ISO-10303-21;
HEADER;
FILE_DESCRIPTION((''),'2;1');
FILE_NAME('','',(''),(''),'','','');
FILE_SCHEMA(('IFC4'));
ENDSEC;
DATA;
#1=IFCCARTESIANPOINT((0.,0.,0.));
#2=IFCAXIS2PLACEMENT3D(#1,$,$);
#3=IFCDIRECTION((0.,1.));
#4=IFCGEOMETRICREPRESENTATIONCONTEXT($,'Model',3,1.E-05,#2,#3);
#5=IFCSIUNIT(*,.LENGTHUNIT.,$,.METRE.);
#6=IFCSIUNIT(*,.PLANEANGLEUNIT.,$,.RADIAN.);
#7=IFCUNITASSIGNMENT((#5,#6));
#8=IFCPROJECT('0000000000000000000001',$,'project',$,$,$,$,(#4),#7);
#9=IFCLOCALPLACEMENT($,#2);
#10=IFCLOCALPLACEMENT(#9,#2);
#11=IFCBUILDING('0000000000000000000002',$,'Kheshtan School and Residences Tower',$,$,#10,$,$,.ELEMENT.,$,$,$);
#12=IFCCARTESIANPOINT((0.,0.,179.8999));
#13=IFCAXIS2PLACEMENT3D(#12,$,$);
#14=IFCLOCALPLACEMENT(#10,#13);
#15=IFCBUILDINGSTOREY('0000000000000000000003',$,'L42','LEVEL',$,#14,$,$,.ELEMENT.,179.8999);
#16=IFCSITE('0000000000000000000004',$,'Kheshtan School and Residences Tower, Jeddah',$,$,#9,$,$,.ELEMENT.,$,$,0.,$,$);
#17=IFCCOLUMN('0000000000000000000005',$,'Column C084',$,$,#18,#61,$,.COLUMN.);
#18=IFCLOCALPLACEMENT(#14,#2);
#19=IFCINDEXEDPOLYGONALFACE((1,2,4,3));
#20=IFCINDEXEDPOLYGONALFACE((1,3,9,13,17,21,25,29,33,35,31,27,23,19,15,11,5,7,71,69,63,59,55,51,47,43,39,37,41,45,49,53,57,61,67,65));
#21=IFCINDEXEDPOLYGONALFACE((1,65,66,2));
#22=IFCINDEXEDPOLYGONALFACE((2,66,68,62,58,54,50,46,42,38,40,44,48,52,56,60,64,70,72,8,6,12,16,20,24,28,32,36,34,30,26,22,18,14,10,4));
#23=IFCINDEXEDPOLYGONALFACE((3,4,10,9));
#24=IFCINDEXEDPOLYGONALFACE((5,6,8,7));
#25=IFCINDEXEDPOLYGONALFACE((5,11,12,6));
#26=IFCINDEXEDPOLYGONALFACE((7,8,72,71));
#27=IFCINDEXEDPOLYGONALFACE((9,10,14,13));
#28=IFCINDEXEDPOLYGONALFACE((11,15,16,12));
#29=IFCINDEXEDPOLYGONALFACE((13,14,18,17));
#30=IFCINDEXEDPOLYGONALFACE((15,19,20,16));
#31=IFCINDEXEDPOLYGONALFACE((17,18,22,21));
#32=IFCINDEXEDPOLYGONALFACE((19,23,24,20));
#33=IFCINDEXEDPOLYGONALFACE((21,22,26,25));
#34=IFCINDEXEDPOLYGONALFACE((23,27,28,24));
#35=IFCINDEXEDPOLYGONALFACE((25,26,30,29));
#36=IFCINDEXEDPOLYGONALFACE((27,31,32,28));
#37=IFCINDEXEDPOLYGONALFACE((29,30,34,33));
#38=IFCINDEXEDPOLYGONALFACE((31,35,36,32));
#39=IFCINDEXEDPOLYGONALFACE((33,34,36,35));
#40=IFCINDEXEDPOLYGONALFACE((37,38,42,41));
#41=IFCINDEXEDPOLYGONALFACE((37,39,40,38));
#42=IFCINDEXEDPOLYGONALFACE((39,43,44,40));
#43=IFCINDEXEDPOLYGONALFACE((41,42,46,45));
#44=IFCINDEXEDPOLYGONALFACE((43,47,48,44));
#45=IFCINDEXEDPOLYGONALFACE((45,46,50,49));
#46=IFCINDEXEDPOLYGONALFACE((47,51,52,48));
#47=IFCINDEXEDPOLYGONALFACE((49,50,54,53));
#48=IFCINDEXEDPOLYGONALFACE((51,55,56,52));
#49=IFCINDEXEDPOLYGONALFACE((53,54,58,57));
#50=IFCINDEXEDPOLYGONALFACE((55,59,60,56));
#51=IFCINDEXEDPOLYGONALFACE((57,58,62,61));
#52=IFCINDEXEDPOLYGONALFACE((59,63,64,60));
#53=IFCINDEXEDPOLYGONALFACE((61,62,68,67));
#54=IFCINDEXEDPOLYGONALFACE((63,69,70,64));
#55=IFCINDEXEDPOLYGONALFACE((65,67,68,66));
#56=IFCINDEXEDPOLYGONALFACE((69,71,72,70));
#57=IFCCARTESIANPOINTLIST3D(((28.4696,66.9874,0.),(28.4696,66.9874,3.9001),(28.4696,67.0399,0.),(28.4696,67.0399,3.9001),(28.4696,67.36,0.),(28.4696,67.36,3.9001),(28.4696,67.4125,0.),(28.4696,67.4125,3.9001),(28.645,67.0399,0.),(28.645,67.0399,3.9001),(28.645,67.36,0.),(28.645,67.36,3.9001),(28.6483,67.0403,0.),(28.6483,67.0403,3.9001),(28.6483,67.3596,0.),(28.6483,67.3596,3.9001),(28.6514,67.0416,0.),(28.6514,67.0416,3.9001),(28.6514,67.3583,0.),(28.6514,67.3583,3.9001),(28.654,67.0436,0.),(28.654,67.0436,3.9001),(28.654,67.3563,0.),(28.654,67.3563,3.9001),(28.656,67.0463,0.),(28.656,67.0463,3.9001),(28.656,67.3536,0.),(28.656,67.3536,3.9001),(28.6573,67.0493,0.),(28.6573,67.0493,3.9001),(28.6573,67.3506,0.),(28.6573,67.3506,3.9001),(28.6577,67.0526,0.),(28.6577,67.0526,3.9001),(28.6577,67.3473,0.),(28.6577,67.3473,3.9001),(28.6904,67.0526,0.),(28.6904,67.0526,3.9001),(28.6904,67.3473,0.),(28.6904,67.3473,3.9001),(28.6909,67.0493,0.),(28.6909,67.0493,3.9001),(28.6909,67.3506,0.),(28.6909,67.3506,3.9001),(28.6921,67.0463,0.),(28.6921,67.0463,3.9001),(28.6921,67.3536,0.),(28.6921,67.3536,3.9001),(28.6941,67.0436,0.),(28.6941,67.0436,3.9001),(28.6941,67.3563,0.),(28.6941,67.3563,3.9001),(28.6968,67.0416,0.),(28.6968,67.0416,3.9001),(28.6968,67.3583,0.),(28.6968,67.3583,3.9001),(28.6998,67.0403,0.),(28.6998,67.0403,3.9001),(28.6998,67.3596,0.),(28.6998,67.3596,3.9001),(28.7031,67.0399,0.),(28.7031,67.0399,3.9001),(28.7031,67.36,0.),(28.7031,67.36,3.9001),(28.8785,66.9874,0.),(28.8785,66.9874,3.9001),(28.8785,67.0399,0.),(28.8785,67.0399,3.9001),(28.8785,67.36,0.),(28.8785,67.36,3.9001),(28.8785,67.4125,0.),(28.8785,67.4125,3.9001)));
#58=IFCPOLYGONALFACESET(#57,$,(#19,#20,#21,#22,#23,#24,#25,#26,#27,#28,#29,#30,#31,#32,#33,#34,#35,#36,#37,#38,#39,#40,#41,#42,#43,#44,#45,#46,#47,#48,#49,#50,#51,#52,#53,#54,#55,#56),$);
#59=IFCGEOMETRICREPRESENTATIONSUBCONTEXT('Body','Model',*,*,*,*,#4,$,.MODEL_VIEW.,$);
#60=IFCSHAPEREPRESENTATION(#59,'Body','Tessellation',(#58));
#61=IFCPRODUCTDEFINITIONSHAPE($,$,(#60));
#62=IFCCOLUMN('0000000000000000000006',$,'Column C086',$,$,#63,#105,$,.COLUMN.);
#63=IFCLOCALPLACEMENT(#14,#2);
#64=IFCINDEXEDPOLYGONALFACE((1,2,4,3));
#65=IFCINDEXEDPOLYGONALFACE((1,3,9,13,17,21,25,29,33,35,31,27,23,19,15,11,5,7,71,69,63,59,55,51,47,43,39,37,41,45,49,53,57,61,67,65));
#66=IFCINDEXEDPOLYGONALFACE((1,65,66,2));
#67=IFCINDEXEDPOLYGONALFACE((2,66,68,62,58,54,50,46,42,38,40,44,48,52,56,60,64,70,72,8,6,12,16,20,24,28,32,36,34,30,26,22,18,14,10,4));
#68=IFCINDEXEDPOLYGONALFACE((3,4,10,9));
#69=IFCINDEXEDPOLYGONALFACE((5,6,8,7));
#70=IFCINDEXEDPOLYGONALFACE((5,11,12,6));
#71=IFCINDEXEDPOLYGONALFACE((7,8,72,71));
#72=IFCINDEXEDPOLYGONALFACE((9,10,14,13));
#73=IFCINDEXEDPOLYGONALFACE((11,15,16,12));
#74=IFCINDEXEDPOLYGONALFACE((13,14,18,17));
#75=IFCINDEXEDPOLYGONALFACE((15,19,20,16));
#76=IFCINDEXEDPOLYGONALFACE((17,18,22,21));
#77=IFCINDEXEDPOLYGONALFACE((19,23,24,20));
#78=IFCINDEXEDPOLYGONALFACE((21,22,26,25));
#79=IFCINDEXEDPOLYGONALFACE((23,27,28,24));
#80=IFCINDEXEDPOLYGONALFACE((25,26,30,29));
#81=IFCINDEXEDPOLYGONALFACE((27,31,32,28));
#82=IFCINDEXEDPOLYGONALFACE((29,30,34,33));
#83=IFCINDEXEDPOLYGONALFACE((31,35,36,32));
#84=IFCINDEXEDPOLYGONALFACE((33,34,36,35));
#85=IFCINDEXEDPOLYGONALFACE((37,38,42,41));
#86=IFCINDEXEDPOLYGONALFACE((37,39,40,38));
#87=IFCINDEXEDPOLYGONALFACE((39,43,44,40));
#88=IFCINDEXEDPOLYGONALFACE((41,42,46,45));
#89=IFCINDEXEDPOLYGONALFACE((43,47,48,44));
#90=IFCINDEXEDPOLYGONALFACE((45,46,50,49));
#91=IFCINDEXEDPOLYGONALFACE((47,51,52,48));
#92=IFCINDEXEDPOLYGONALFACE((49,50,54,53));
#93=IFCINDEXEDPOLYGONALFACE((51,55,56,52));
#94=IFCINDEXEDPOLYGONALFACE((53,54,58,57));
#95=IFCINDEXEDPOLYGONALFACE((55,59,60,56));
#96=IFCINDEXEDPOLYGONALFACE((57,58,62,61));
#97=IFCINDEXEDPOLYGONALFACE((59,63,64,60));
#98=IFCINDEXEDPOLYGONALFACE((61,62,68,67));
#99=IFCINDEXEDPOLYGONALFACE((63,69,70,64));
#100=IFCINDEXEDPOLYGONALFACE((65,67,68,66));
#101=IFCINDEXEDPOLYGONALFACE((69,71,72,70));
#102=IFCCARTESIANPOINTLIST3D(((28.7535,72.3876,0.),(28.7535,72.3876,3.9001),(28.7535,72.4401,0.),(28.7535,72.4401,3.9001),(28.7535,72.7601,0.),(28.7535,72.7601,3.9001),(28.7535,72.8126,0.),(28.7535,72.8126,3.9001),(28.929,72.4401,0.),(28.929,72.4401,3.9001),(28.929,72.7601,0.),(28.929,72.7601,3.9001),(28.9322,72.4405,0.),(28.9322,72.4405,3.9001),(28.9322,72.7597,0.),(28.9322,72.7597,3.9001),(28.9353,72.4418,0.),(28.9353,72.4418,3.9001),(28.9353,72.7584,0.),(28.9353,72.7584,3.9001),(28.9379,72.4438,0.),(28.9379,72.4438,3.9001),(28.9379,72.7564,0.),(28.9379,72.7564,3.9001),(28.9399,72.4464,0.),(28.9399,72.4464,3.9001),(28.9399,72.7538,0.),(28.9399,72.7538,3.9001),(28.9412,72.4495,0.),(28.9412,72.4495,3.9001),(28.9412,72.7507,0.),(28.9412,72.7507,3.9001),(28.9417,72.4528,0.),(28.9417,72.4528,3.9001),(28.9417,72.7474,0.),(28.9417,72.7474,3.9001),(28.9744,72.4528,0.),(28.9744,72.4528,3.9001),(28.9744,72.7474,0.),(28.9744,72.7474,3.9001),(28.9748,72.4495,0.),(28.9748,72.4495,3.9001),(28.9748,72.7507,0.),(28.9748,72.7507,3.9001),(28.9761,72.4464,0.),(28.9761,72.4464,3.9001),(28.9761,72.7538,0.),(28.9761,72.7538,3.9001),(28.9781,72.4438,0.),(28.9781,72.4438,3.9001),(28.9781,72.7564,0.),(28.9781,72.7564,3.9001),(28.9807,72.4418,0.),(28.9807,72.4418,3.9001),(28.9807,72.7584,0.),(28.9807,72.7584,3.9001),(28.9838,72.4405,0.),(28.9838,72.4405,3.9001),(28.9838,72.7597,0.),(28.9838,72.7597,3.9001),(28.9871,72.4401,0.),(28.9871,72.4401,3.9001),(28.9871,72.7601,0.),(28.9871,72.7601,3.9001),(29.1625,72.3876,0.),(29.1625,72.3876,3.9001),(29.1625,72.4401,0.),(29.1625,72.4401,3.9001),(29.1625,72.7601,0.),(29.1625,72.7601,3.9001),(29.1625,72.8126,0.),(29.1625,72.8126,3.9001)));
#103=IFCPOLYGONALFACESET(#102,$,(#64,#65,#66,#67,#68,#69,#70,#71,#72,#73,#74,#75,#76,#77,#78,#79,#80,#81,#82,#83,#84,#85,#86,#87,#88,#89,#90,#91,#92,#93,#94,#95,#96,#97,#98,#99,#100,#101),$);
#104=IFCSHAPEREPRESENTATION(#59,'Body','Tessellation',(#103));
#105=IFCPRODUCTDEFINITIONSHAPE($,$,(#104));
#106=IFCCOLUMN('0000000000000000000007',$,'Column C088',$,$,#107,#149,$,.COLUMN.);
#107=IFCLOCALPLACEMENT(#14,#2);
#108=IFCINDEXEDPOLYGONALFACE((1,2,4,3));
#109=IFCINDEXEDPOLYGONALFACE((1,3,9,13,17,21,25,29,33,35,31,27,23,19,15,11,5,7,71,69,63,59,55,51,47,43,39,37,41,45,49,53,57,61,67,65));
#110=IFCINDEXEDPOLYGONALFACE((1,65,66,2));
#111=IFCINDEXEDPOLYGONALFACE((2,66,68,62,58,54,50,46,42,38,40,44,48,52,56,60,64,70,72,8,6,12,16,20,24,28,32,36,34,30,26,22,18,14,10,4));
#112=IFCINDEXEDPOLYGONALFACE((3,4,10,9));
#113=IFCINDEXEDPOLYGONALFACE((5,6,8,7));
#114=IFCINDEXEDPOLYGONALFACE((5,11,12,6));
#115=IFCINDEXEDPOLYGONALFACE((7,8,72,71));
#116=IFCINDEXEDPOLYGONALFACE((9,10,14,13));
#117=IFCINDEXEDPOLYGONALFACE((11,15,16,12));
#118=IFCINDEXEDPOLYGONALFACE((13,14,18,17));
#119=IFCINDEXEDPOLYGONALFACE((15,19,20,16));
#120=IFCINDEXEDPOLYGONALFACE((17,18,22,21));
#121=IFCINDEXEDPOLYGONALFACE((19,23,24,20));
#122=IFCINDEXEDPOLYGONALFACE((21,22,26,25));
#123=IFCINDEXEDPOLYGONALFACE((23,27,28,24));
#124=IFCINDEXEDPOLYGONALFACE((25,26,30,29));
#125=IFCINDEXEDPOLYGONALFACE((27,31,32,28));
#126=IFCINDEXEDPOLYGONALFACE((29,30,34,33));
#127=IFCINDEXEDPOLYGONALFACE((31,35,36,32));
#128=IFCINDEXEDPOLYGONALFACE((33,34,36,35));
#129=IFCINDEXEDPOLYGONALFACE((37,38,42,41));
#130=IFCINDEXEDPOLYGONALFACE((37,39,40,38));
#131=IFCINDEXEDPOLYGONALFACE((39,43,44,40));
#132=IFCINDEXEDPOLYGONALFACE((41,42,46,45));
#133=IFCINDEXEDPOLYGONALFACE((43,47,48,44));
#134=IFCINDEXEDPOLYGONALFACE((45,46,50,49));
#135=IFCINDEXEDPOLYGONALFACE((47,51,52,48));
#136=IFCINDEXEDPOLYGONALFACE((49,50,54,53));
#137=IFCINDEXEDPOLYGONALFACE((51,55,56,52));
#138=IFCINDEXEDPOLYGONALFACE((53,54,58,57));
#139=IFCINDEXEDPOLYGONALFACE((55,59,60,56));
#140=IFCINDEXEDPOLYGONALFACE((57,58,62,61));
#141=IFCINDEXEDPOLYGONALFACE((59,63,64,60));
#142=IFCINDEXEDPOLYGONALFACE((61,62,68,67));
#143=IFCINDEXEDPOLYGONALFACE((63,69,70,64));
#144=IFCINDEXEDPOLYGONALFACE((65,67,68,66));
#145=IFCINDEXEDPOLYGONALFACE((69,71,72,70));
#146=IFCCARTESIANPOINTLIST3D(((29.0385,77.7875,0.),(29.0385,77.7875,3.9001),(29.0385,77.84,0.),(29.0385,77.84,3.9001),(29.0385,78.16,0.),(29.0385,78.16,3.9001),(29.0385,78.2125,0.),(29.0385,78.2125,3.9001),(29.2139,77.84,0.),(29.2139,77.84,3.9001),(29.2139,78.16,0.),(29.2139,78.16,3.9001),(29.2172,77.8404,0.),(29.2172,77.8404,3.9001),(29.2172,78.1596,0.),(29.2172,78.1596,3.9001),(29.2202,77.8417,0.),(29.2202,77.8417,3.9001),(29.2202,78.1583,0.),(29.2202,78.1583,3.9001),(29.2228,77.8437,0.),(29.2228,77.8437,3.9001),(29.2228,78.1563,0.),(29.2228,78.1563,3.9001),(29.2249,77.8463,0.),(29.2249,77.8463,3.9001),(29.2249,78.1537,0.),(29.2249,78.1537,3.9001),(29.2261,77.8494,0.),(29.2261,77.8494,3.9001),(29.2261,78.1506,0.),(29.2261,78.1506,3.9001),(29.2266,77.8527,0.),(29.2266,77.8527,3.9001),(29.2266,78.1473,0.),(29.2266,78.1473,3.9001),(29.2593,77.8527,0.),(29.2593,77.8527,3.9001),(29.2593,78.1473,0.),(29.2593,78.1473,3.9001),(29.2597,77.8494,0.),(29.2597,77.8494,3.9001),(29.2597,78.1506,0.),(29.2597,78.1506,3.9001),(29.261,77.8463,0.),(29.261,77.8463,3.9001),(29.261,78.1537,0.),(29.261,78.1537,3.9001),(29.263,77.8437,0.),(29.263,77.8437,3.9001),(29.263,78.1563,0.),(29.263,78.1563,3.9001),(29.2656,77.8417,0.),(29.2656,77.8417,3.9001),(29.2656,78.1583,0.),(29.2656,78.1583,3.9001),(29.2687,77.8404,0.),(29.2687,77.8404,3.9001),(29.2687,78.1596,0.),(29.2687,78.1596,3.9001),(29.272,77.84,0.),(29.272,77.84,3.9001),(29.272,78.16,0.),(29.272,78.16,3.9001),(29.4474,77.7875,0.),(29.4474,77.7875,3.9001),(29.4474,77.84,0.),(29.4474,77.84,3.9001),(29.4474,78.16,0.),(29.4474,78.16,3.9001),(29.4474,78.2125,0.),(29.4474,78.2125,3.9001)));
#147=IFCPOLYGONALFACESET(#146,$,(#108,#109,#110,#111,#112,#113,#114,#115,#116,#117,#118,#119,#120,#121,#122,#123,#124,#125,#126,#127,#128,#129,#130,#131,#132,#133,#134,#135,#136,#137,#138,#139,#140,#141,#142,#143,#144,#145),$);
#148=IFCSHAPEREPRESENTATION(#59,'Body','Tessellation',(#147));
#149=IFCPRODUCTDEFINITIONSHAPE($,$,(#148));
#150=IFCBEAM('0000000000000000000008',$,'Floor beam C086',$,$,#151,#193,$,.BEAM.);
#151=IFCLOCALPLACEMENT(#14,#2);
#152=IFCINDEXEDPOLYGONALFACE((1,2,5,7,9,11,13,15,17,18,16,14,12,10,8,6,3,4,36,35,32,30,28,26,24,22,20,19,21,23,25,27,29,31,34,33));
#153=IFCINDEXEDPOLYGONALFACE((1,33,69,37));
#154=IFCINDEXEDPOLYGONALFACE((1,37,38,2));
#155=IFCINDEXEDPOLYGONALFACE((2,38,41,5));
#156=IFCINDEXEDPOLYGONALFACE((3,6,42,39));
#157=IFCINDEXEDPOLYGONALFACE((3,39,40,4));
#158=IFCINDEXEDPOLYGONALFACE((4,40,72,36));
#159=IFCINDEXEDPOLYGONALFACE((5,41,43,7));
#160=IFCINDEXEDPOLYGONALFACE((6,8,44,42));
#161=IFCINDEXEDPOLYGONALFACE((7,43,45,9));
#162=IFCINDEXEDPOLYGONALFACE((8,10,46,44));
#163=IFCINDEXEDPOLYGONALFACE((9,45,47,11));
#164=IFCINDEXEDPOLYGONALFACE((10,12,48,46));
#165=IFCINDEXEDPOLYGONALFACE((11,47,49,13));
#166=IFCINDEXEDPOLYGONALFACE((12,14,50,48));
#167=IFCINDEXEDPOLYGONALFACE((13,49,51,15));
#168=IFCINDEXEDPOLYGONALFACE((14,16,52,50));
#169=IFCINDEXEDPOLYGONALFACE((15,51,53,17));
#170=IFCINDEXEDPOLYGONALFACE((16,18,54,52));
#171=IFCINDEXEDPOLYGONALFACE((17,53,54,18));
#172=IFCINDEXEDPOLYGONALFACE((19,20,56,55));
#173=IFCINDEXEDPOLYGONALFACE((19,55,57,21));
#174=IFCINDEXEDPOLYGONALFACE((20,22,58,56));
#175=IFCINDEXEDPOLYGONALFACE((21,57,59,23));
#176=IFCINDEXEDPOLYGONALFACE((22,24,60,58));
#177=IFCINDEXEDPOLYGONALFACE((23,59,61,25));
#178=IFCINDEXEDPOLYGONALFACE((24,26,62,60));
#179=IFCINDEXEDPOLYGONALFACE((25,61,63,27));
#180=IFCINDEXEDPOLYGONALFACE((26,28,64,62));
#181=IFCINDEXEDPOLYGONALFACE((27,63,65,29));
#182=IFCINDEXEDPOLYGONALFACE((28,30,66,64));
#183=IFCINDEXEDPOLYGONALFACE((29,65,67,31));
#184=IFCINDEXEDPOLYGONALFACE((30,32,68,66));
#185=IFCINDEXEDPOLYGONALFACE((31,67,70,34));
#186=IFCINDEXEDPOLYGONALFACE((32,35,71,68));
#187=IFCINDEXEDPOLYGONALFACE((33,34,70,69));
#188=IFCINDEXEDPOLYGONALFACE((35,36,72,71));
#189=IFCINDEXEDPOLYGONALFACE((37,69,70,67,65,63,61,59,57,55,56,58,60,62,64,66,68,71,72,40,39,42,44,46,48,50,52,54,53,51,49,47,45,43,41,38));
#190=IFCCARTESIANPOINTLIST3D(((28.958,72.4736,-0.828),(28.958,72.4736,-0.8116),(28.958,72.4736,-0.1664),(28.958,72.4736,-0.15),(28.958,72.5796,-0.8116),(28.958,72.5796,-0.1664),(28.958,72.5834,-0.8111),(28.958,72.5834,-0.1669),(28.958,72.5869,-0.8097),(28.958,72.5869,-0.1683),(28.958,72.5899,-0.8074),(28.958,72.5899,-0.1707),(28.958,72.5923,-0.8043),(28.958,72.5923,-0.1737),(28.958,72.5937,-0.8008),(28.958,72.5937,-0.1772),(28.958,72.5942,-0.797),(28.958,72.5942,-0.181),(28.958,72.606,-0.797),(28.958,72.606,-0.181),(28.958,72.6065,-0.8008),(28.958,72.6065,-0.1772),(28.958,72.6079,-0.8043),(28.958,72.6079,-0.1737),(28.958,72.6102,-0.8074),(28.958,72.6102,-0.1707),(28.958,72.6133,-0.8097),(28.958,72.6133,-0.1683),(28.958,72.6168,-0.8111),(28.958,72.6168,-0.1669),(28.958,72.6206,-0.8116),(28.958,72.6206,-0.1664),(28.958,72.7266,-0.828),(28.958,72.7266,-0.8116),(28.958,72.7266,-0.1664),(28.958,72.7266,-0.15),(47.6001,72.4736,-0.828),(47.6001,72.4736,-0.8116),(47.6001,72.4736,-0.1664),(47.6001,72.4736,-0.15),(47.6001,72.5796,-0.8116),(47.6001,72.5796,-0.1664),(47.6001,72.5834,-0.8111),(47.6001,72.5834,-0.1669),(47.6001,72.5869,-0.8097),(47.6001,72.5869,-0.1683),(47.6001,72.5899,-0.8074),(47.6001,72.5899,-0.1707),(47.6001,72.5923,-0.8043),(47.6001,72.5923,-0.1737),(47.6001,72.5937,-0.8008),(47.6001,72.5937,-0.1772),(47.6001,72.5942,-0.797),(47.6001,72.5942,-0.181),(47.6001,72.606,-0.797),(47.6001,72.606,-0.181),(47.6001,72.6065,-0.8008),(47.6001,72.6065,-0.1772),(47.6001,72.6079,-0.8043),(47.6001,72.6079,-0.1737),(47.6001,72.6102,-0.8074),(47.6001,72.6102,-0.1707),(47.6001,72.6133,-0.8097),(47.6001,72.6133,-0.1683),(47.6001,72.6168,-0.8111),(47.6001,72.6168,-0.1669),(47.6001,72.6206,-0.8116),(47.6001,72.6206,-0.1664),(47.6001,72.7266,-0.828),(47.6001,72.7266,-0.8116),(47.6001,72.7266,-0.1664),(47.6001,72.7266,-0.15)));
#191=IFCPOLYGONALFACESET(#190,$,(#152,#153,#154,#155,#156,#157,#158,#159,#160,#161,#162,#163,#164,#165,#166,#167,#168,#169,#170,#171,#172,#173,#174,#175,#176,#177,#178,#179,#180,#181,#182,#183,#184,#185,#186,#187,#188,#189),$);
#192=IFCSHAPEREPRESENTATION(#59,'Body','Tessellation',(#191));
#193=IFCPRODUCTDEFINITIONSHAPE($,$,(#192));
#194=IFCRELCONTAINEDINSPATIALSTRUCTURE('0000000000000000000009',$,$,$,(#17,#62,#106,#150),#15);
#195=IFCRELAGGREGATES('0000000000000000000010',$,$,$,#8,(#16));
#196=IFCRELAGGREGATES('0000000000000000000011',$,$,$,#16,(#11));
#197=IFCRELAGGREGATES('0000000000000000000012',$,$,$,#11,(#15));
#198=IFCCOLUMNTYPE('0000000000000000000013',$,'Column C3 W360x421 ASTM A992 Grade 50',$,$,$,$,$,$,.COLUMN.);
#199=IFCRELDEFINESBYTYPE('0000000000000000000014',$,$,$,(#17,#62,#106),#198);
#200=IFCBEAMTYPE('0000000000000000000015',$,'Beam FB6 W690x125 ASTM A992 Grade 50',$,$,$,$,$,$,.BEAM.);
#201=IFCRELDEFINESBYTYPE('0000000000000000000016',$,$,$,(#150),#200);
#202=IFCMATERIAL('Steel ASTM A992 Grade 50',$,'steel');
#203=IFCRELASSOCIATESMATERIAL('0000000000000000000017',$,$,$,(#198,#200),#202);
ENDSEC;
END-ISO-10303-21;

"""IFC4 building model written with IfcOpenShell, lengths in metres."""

from ifc_helpers import new_model, si_unit, direction, frame, origin, origin_2d, place, context, subcontext, project, spatial, i_section, extrude, material, material_profile, profile_set, type_object, element, save


model = new_model("IFC4")

# Units and contexts
model_context = context("Model", 3, precision=1e-05, world=origin(), true_north=direction((0.0, 1.0)))
body_context = subcontext(model_context, "Body", "Model", "MODEL_VIEW")
ifc_project = project(units=[si_unit("LENGTHUNIT", "METRE"), si_unit("PLANEANGLEUNIT", "RADIAN")], contexts=[model_context])

# Site, building, storey
site_placement = place(None, origin())
site = spatial("IfcSite", under=ifc_project, at=site_placement, Name="Kheshtan School and Residences Tower, Jeddah", CompositionType="ELEMENT", RefElevation=0.0)
building_placement = place(site_placement, origin())
building = spatial("IfcBuilding", under=site, at=building_placement, Name="Kheshtan School and Residences Tower", CompositionType="ELEMENT")
storey_placement = place(building_placement, frame((0.0, 0.0, 179.8999)))
storey = spatial("IfcBuildingStorey", under=building, at=storey_placement, Name="L42", Description="LEVEL", CompositionType="ELEMENT", Elevation=179.8999)

# Columns
ifc_material_1 = material(Name="Steel ASTM A992 Grade 50", Category="steel")
ifc_material_profile_1 = material_profile(ifc_material_1, i_section(OverallWidth=0.4089, OverallDepth=0.425, WebThickness=0.0327, FlangeThickness=0.0525, FilletRadius=0.0127, at=origin_2d()), Name="W360x421")
ifc_profile_set_1 = profile_set([ifc_material_profile_1], Name="Steel ASTM A992 Grade 50")
column_type = type_object("IfcColumnType", Name="Column C3 W360x421 ASTM A992 Grade 50", PredefinedType="COLUMN", material=ifc_profile_set_1)
for number, where, z_axis, x_axis, name in (
    (1, (28.6741, 67.2, 0.0), (0.0, 0.0, 1.0), (1.0, 0.0, 0.0), "Column C084"),
    (2, (28.958, 72.6001, 0.0), (0.0, 0.0, 1.0), (1.0, 0.0, 0.0), "Column C086"),
    (3, (29.2429, 78.0, 0.0), (0.0, 0.0, 1.0), (1.0, 0.0, 0.0), "Column C088"),
):
    element("IfcColumn", number, at=place(storey_placement, frame(where, z_axis=z_axis, x_axis=x_axis)), inside=storey, type_object=column_type, Name=name, PredefinedType="COLUMN", context=body_context, shape_type="SweptSolid", body=[
        extrude(i_section(OverallWidth=0.4089, OverallDepth=0.425, WebThickness=0.0327, FlangeThickness=0.0525, FilletRadius=0.0127, at=origin_2d()), origin(), (0.0, 0.0, 1.0), 3.9001),
    ])

# Beam
ifc_material_profile_2 = material_profile(ifc_material_1, i_section(OverallWidth=0.2529, OverallDepth=0.678, WebThickness=0.0117, FlangeThickness=0.0164, FilletRadius=0.0146, at=origin_2d()), Name="W690x125")
ifc_profile_set_2 = profile_set([ifc_material_profile_2], Name="Steel ASTM A992 Grade 50")
beam_type_1 = type_object("IfcBeamType", Name="Beam FB6 W690x125 ASTM A992 Grade 50", PredefinedType="BEAM", material=ifc_profile_set_2)
beam_1_placement = place(storey_placement, frame((28.958, 72.6001, -0.489), z_axis=(1.0, 0.0, 0.0), x_axis=(0.0, 1.0, 0.0)))
element("IfcBeam", 4, at=beam_1_placement, inside=storey, type_object=beam_type_1, Name="Floor beam C086", PredefinedType="BEAM", context=body_context, shape_type="SweptSolid", body=[
    extrude(i_section(OverallWidth=0.2529, OverallDepth=0.678, WebThickness=0.0117, FlangeThickness=0.0164, FilletRadius=0.0146, at=origin_2d()), origin(), (0.0, 0.0, 1.0), 18.6421),
])

save(model, "model.ifc")
